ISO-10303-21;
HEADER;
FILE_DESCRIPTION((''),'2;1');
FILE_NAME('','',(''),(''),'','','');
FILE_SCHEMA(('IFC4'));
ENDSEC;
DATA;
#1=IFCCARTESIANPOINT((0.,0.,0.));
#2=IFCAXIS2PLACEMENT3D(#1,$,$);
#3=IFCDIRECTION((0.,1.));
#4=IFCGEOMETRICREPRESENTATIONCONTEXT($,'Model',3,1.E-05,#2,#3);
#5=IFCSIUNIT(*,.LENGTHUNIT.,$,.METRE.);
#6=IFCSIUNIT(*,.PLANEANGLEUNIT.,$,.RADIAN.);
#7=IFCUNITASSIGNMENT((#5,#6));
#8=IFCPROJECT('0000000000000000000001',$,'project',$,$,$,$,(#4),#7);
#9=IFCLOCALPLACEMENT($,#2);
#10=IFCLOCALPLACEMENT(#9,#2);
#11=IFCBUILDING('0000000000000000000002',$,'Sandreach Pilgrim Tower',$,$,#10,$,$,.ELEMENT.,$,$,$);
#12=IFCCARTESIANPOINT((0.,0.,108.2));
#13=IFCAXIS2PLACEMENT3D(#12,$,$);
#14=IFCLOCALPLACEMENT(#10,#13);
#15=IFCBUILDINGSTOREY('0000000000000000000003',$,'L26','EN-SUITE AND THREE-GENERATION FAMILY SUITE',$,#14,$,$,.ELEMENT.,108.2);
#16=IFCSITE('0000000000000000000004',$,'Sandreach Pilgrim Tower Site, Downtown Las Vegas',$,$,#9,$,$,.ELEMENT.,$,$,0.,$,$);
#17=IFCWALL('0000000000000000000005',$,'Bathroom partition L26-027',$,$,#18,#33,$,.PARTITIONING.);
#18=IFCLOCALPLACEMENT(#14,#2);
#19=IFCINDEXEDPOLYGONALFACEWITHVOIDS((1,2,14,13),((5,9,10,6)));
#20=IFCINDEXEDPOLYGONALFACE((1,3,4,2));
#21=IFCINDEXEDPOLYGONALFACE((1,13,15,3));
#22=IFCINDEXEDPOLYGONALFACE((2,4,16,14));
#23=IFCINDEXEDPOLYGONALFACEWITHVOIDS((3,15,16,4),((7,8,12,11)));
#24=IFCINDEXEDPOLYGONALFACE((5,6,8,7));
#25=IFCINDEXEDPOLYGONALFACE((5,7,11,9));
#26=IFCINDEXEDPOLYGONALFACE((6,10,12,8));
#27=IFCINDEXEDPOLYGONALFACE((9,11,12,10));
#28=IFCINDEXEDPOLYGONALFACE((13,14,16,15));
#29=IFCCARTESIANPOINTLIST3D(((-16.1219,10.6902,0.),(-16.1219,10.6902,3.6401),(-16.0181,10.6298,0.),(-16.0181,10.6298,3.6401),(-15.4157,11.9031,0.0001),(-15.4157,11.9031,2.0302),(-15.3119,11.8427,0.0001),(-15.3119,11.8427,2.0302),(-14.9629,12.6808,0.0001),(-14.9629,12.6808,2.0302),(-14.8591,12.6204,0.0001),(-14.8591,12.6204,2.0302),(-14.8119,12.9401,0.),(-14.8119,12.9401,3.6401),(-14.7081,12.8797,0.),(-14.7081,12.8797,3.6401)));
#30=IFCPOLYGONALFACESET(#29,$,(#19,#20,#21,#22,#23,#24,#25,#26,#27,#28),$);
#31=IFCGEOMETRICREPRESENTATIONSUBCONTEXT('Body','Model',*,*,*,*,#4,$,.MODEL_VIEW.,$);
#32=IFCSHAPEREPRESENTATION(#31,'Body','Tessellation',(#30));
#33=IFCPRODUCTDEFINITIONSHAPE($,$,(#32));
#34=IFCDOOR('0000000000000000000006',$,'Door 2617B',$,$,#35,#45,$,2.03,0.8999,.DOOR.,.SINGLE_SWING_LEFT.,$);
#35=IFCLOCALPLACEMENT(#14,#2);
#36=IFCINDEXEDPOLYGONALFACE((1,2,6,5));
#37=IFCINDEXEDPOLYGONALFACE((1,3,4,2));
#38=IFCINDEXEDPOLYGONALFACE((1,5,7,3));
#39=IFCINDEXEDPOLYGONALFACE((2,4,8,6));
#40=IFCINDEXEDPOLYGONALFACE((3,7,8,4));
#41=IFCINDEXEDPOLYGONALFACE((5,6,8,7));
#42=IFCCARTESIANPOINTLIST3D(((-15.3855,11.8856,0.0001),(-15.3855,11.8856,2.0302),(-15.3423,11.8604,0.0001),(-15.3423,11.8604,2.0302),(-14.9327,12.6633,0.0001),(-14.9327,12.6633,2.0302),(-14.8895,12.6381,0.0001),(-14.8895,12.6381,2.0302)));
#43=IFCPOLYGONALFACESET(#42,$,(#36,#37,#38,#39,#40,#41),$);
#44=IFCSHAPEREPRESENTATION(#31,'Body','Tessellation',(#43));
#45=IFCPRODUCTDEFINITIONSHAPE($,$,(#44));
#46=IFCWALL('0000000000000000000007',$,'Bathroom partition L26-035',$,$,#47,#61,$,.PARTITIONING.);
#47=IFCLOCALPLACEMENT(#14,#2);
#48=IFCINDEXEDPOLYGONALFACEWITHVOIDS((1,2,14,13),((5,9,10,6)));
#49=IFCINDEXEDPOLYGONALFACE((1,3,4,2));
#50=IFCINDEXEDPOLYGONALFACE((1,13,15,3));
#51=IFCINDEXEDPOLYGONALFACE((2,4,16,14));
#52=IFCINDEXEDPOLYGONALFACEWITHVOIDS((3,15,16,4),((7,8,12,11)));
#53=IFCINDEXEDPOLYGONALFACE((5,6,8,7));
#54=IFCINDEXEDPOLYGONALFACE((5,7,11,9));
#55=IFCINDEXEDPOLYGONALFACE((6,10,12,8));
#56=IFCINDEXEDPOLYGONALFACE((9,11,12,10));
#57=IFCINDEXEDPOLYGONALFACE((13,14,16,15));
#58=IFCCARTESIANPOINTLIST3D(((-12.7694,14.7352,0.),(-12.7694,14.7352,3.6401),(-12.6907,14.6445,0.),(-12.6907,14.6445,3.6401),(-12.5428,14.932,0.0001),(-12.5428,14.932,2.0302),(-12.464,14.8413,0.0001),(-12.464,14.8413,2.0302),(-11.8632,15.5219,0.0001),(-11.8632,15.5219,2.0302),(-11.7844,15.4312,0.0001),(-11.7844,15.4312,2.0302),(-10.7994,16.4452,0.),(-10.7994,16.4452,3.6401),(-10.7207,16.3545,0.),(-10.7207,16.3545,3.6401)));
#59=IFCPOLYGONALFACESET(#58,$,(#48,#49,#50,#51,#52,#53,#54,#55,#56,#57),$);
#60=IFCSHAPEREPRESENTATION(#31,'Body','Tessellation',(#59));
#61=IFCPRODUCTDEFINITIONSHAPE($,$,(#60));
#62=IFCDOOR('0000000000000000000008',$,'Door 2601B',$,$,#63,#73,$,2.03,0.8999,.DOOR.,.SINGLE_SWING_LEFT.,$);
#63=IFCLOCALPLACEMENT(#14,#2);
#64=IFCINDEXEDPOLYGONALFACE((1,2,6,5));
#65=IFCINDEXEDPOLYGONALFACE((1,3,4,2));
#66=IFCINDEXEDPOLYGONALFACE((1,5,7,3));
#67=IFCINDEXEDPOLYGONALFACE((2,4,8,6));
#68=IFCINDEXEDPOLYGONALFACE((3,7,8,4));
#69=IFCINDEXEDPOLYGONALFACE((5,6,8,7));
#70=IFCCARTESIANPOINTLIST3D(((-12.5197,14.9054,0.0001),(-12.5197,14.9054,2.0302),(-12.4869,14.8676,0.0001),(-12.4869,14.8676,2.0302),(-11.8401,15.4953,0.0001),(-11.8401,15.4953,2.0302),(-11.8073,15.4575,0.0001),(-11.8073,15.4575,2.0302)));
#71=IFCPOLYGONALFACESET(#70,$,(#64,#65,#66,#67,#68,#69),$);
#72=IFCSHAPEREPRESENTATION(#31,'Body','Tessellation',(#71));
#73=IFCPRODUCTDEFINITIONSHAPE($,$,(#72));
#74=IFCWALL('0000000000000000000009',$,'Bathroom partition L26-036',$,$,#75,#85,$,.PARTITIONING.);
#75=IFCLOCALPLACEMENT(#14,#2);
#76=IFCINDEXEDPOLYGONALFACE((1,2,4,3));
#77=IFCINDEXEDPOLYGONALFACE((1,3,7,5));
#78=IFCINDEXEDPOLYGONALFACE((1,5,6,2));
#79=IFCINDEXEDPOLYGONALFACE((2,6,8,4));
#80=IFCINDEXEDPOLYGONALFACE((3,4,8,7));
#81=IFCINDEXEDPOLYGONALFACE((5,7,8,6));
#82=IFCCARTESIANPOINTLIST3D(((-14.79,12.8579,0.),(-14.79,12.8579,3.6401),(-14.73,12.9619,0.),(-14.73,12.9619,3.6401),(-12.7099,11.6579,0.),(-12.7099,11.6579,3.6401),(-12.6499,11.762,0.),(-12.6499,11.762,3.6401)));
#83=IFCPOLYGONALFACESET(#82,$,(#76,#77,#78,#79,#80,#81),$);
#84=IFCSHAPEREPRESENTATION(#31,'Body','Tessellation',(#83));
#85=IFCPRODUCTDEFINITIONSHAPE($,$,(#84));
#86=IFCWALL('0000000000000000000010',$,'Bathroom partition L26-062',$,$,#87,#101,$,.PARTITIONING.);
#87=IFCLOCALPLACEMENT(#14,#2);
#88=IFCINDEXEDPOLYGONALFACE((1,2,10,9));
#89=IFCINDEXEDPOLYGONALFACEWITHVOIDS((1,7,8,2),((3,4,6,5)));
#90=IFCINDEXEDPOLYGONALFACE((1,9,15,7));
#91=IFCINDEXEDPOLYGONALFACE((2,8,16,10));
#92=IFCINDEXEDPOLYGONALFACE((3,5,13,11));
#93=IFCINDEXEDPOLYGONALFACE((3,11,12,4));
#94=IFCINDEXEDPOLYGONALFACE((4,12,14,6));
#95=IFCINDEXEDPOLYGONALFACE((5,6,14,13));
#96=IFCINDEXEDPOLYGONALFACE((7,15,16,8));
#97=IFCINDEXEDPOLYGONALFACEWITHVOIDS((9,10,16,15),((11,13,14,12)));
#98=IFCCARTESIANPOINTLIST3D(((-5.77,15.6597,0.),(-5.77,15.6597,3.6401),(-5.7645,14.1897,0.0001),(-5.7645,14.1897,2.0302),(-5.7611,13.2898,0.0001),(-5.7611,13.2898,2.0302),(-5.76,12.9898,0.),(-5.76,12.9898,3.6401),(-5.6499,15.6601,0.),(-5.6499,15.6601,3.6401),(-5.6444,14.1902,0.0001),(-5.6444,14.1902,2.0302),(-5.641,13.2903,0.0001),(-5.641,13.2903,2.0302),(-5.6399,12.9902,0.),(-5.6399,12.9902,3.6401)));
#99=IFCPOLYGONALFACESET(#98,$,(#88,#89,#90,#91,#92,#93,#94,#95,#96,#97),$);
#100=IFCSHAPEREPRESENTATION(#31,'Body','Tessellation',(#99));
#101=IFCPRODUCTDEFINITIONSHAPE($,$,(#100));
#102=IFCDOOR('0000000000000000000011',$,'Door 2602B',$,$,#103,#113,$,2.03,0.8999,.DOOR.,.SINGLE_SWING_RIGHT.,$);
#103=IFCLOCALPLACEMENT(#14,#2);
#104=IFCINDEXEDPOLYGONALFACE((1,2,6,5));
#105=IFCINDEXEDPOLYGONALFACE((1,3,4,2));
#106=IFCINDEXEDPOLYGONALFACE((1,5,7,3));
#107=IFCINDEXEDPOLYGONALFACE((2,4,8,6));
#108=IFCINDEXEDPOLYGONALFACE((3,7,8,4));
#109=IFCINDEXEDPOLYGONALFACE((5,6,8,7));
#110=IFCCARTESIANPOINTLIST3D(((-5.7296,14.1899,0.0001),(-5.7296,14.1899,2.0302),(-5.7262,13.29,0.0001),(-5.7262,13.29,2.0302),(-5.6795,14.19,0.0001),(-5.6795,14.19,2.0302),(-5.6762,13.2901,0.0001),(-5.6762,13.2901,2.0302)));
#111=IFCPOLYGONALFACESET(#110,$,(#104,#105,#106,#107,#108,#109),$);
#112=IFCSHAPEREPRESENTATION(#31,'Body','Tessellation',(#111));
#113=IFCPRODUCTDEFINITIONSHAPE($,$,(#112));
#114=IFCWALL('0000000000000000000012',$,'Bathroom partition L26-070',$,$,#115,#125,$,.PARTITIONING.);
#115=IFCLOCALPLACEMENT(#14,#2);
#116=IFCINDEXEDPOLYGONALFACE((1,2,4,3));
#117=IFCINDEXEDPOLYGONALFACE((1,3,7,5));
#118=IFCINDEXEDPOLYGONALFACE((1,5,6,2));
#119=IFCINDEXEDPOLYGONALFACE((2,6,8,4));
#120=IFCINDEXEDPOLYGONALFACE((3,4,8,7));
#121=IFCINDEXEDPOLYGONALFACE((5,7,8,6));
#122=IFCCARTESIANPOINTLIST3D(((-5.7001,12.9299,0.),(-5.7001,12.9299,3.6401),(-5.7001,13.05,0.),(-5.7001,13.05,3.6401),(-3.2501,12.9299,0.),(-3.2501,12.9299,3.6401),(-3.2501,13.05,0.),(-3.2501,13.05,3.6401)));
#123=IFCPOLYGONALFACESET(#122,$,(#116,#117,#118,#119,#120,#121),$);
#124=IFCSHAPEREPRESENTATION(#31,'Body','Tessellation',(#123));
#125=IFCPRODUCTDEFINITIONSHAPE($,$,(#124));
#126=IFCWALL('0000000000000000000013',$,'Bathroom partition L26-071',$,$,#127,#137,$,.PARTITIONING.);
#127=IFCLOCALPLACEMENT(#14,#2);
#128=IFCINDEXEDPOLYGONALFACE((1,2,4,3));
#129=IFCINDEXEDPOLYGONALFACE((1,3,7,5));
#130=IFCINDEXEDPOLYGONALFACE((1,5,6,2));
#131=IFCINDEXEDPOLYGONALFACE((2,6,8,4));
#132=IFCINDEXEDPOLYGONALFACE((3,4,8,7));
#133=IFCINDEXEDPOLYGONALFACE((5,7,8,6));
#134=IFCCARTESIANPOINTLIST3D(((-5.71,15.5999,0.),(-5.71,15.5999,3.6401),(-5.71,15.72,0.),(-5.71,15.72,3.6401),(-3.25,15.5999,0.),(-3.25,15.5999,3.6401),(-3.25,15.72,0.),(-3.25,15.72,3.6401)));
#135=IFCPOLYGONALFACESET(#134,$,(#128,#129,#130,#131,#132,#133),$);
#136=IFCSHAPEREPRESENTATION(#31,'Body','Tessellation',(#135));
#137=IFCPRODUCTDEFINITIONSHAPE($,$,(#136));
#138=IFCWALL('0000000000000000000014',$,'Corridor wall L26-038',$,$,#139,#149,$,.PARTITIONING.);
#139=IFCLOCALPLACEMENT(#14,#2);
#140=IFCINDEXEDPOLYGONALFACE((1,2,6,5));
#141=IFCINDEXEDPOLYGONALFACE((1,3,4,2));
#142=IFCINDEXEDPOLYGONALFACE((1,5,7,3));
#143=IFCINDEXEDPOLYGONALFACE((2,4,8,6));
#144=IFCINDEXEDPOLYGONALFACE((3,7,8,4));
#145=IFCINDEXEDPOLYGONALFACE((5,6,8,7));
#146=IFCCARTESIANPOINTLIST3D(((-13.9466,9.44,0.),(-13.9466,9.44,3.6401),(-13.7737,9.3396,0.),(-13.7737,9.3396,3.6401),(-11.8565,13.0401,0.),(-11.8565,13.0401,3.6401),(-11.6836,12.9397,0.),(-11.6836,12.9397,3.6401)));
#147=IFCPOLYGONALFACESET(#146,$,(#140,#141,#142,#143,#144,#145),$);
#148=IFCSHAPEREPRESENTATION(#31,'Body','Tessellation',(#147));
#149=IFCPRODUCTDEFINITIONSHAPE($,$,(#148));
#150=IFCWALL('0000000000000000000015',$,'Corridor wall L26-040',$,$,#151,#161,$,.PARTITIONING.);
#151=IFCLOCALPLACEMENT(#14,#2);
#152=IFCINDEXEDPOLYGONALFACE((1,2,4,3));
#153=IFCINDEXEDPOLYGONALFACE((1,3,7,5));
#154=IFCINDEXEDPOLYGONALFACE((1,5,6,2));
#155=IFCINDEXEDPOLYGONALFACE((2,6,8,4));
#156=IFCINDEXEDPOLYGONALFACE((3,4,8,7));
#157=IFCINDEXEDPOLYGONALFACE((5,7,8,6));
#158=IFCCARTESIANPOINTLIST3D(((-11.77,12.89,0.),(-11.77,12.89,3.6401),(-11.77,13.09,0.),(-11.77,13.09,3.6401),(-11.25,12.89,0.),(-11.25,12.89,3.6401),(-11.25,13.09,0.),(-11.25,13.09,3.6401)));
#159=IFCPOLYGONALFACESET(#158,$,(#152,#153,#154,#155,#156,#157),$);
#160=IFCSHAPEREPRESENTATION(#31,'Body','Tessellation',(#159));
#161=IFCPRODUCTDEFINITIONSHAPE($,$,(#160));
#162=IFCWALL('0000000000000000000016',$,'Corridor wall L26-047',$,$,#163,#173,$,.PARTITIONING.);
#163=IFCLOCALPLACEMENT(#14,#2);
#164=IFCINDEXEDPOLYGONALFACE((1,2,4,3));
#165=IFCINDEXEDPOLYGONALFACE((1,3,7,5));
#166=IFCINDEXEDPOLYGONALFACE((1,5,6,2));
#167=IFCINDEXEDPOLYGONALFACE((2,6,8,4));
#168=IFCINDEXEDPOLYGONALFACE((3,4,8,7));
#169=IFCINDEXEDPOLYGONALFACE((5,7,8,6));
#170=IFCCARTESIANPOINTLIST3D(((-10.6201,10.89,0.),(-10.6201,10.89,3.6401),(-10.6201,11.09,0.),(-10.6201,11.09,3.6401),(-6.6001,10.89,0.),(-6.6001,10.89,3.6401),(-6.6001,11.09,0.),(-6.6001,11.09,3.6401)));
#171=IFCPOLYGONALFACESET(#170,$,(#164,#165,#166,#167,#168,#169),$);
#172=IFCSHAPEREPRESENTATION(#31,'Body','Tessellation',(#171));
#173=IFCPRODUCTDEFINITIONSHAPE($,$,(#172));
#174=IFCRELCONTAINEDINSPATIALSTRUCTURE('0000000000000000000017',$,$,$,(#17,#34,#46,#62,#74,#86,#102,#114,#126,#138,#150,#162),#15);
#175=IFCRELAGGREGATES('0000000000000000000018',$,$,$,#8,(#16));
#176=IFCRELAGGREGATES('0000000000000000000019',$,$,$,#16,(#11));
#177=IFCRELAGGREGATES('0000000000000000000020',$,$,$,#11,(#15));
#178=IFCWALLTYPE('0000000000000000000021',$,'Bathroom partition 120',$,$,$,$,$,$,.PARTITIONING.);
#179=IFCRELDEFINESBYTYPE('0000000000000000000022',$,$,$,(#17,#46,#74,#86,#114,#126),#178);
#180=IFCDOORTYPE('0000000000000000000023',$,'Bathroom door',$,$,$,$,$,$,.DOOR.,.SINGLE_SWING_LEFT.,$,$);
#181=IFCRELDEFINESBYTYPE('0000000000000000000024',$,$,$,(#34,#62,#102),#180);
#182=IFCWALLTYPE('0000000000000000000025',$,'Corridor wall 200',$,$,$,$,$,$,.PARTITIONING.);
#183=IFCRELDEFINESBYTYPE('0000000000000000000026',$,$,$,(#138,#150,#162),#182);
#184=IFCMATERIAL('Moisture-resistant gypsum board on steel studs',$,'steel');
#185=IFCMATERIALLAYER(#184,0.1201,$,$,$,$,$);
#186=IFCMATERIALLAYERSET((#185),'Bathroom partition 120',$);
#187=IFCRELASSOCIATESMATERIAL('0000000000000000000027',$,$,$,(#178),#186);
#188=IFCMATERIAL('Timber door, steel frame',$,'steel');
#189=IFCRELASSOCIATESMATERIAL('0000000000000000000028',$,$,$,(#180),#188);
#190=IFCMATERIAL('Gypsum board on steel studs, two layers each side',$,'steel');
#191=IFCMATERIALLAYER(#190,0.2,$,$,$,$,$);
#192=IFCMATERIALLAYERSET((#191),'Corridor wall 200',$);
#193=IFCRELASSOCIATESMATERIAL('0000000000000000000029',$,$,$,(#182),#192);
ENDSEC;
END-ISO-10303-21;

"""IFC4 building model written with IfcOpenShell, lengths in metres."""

from ifc_helpers import new_model, si_unit, direction, frame, frame_2d, origin, place, context, subcontext, project, spatial, rectangle, extrude, material, layer, layer_set, type_object, element, fill, save


model = new_model("IFC4")

# Units and contexts
model_context = context("Model", 3, precision=1e-05, world=origin(), true_north=direction((0.0, 1.0)))
body_context = subcontext(model_context, "Body", "Model", "MODEL_VIEW")
ifc_project = project(units=[si_unit("LENGTHUNIT", "METRE"), si_unit("PLANEANGLEUNIT", "RADIAN")], contexts=[model_context])

# Site, building, storey
site_placement = place(None, origin())
site = spatial("IfcSite", under=ifc_project, at=site_placement, Name="Sandreach Pilgrim Tower Site, Downtown Las Vegas", CompositionType="ELEMENT", RefElevation=0.0)
building_placement = place(site_placement, origin())
building = spatial("IfcBuilding", under=site, at=building_placement, Name="Sandreach Pilgrim Tower", CompositionType="ELEMENT")
storey_placement = place(building_placement, frame((0.0, 0.0, 108.2)))
storey = spatial("IfcBuildingStorey", under=building, at=storey_placement, Name="L26", Description="EN-SUITE AND THREE-GENERATION FAMILY SUITE", CompositionType="ELEMENT", Elevation=108.2)

# Walls, openings, doors
ifc_material_1 = material(Name="Moisture-resistant gypsum board on steel studs", Category="steel")
ifc_layer_1 = layer(ifc_material_1, 0.1201)
ifc_layer_set_1 = layer_set([ifc_layer_1], Name="Bathroom partition 120")
wall_type_1 = type_object("IfcWallType", Name="Bathroom partition 120", PredefinedType="PARTITIONING", material=ifc_layer_set_1)
wall_1_placement = place(storey_placement, frame((-14.76, 12.9099, 0.0), z_axis=(0.0, 0.0, 1.0), x_axis=(-0.503171, -0.864187, 0.0)))
wall_1 = element("IfcWall", 1, at=wall_1_placement, inside=storey, type_object=wall_type_1, Name="Bathroom partition L26-027", PredefinedType="PARTITIONING", context=body_context, shape_type="SweptSolid", body=[
    extrude(rectangle(XDim=2.6035, YDim=0.1201, at=frame_2d((1.3018, 0.0))), origin(), (0.0, 0.0, 1.0), 3.6401),
])
opening_1_placement = place(wall_1_placement, frame((0.3, 0.0, 0.0)))
opening_1 = element("IfcOpeningElement", 2, at=opening_1_placement, cuts=wall_1, PredefinedType="OPENING", context=body_context, shape_type="SweptSolid", body=[
    extrude(rectangle(XDim=0.8999, YDim=2.03, at=frame_2d((0.45, 1.0151))), frame((0.0, 0.0601, 0.0), z_axis=(0.0, -1.0, 0.0), x_axis=(1.0, 0.0, 0.0)), (0.0, 0.0, 1.0), 0.1201),
])
ifc_material_2 = material(Name="Timber door, steel frame", Category="steel")
door_type_1 = type_object("IfcDoorType", Name="Bathroom door", OperationType="SINGLE_SWING_LEFT", PredefinedType="DOOR", material=ifc_material_2)
door_1_placement = place(opening_1_placement, origin())
door_1 = element("IfcDoor", 3, at=door_1_placement, inside=storey, type_object=door_type_1, Name="Door 2617B", OperationType="SINGLE_SWING_LEFT", OverallHeight=2.03, OverallWidth=0.8999, PredefinedType="DOOR", context=body_context, shape_type="SweptSolid", body=[
    extrude(rectangle(XDim=0.8999, YDim=2.03, at=frame_2d((0.45, 1.0151))), frame((0.0, 0.0249, 0.0), z_axis=(0.0, -1.0, 0.0), x_axis=(1.0, 0.0, 0.0)), (0.0, 0.0, 1.0), 0.05),
])
fill(opening_1, door_1)
wall_2_placement = place(storey_placement, frame((-12.73, 14.6899, 0.0), z_axis=(0.0, 0.0, 1.0), x_axis=(0.755186, 0.655511, 0.0)))
wall_2 = element("IfcWall", 4, at=wall_2_placement, inside=storey, type_object=wall_type_1, Name="Bathroom partition L26-035", PredefinedType="PARTITIONING", context=body_context, shape_type="SweptSolid", body=[
    extrude(rectangle(XDim=2.6086, YDim=0.1201, at=frame_2d((1.3042, 0.0))), origin(), (0.0, 0.0, 1.0), 3.6401),
])
opening_2_placement = place(wall_2_placement, frame((0.3, 0.0, 0.0)))
opening_2 = element("IfcOpeningElement", 5, at=opening_2_placement, cuts=wall_2, PredefinedType="OPENING", context=body_context, shape_type="SweptSolid", body=[
    extrude(rectangle(XDim=0.8999, YDim=2.03, at=frame_2d((0.45, 1.0151))), frame((0.0, 0.0601, 0.0), z_axis=(0.0, -1.0, 0.0), x_axis=(1.0, 0.0, 0.0)), (0.0, 0.0, 1.0), 0.1201),
])
door_2_placement = place(opening_2_placement, origin())
door_2 = element("IfcDoor", 6, at=door_2_placement, inside=storey, type_object=door_type_1, Name="Door 2601B", OperationType="SINGLE_SWING_LEFT", OverallHeight=2.03, OverallWidth=0.8999, PredefinedType="DOOR", context=body_context, shape_type="SweptSolid", body=[
    extrude(rectangle(XDim=0.8999, YDim=2.03, at=frame_2d((0.45, 1.0151))), frame((0.0, 0.0249, 0.0), z_axis=(0.0, -1.0, 0.0), x_axis=(1.0, 0.0, 0.0)), (0.0, 0.0, 1.0), 0.05),
])
fill(opening_2, door_2)

# Wall
wall_3_placement = place(storey_placement, frame((-12.6799, 11.71, 0.0), z_axis=(0.0, 0.0, 1.0), x_axis=(-0.866203, 0.499693, 0.0)))
element("IfcWall", 7, at=wall_3_placement, inside=storey, type_object=wall_type_1, Name="Bathroom partition L26-036", PredefinedType="PARTITIONING", context=body_context, shape_type="SweptSolid", body=[
    extrude(rectangle(XDim=2.4014, YDim=0.1201, at=frame_2d((1.2007, 0.0))), origin(), (0.0, 0.0, 1.0), 3.6401),
])

# Wall, opening, door
wall_4_placement = place(storey_placement, frame((-5.71, 15.6599, 0.0), z_axis=(0.0, 0.0, 1.0), x_axis=(0.003749, -0.999993, 0.0)))
wall_4 = element("IfcWall", 8, at=wall_4_placement, inside=storey, type_object=wall_type_1, Name="Bathroom partition L26-062", PredefinedType="PARTITIONING", context=body_context, shape_type="SweptSolid", body=[
    extrude(rectangle(XDim=2.6699, YDim=0.1201, at=frame_2d((1.335, 0.0))), origin(), (0.0, 0.0, 1.0), 3.6401),
])
opening_3_placement = place(wall_4_placement, frame((1.47, 0.0, 0.0)))
opening_3 = element("IfcOpeningElement", 9, at=opening_3_placement, cuts=wall_4, PredefinedType="OPENING", context=body_context, shape_type="SweptSolid", body=[
    extrude(rectangle(XDim=0.8999, YDim=2.03, at=frame_2d((0.45, 1.0151))), frame((0.0, 0.0601, 0.0), z_axis=(0.0, -1.0, 0.0), x_axis=(1.0, 0.0, 0.0)), (0.0, 0.0, 1.0), 0.1201),
])
door_3_placement = place(opening_3_placement, origin())
door_3 = element("IfcDoor", 10, at=door_3_placement, inside=storey, type_object=door_type_1, Name="Door 2602B", OperationType="SINGLE_SWING_RIGHT", OverallHeight=2.03, OverallWidth=0.8999, PredefinedType="DOOR", context=body_context, shape_type="SweptSolid", body=[
    extrude(rectangle(XDim=0.8999, YDim=2.03, at=frame_2d((0.45, 1.0151))), frame((0.0, 0.0249, 0.0), z_axis=(0.0, -1.0, 0.0), x_axis=(1.0, 0.0, 0.0)), (0.0, 0.0, 1.0), 0.05),
])
fill(opening_3, door_3)

# Walls
wall_5_placement = place(storey_placement, frame((-3.25, 12.99, 0.0), z_axis=(0.0, 0.0, 1.0), x_axis=(-1.0, 0.0, 0.0)))
element("IfcWall", 11, at=wall_5_placement, inside=storey, type_object=wall_type_1, Name="Bathroom partition L26-070", PredefinedType="PARTITIONING", context=body_context, shape_type="SweptSolid", body=[
    extrude(rectangle(XDim=2.45, YDim=0.1201, at=frame_2d((1.2251, 0.0))), origin(), (0.0, 0.0, 1.0), 3.6401),
])
wall_6_placement = place(storey_placement, frame((-3.25, 15.6599, 0.0), z_axis=(0.0, 0.0, 1.0), x_axis=(-1.0, 0.0, 0.0)))
element("IfcWall", 12, at=wall_6_placement, inside=storey, type_object=wall_type_1, Name="Bathroom partition L26-071", PredefinedType="PARTITIONING", context=body_context, shape_type="SweptSolid", body=[
    extrude(rectangle(XDim=2.46, YDim=0.1201, at=frame_2d((1.23, 0.0))), origin(), (0.0, 0.0, 1.0), 3.6401),
])
ifc_material_3 = material(Name="Gypsum board on steel studs, two layers each side", Category="steel")
ifc_layer_2 = layer(ifc_material_3, 0.2)
ifc_layer_set_2 = layer_set([ifc_layer_2], Name="Corridor wall 200")
wall_type_2 = type_object("IfcWallType", Name="Corridor wall 200", PredefinedType="PARTITIONING", material=ifc_layer_set_2)
wall_7_placement = place(storey_placement, frame((-11.77, 12.99, 0.0), z_axis=(0.0, 0.0, 1.0), x_axis=(-0.502083, -0.864819, 0.0)))
element("IfcWall", 13, at=wall_7_placement, inside=storey, type_object=wall_type_2, Name="Corridor wall L26-038", PredefinedType="PARTITIONING", context=body_context, shape_type="SweptSolid", body=[
    extrude(rectangle(XDim=4.1628, YDim=0.2, at=frame_2d((2.0815, 0.0))), origin(), (0.0, 0.0, 1.0), 3.6401),
])
wall_8_placement = place(storey_placement, frame((-11.25, 12.99, 0.0), z_axis=(0.0, 0.0, 1.0), x_axis=(-1.0, 0.0, 0.0)))
element("IfcWall", 14, at=wall_8_placement, inside=storey, type_object=wall_type_2, Name="Corridor wall L26-040", PredefinedType="PARTITIONING", context=body_context, shape_type="SweptSolid", body=[
    extrude(rectangle(XDim=0.52, YDim=0.2, at=frame_2d((0.26, 0.0))), origin(), (0.0, 0.0, 1.0), 3.6401),
])
wall_9_placement = place(storey_placement, frame((-10.6201, 10.99, 0.0), z_axis=(0.0, 0.0, 1.0), x_axis=(1.0, 0.0, 0.0)))
element("IfcWall", 15, at=wall_9_placement, inside=storey, type_object=wall_type_2, Name="Corridor wall L26-047", PredefinedType="PARTITIONING", context=body_context, shape_type="SweptSolid", body=[
    extrude(rectangle(XDim=4.02, YDim=0.2, at=frame_2d((2.01, 0.0))), origin(), (0.0, 0.0, 1.0), 3.6401),
])

save(model, "model.ifc")
